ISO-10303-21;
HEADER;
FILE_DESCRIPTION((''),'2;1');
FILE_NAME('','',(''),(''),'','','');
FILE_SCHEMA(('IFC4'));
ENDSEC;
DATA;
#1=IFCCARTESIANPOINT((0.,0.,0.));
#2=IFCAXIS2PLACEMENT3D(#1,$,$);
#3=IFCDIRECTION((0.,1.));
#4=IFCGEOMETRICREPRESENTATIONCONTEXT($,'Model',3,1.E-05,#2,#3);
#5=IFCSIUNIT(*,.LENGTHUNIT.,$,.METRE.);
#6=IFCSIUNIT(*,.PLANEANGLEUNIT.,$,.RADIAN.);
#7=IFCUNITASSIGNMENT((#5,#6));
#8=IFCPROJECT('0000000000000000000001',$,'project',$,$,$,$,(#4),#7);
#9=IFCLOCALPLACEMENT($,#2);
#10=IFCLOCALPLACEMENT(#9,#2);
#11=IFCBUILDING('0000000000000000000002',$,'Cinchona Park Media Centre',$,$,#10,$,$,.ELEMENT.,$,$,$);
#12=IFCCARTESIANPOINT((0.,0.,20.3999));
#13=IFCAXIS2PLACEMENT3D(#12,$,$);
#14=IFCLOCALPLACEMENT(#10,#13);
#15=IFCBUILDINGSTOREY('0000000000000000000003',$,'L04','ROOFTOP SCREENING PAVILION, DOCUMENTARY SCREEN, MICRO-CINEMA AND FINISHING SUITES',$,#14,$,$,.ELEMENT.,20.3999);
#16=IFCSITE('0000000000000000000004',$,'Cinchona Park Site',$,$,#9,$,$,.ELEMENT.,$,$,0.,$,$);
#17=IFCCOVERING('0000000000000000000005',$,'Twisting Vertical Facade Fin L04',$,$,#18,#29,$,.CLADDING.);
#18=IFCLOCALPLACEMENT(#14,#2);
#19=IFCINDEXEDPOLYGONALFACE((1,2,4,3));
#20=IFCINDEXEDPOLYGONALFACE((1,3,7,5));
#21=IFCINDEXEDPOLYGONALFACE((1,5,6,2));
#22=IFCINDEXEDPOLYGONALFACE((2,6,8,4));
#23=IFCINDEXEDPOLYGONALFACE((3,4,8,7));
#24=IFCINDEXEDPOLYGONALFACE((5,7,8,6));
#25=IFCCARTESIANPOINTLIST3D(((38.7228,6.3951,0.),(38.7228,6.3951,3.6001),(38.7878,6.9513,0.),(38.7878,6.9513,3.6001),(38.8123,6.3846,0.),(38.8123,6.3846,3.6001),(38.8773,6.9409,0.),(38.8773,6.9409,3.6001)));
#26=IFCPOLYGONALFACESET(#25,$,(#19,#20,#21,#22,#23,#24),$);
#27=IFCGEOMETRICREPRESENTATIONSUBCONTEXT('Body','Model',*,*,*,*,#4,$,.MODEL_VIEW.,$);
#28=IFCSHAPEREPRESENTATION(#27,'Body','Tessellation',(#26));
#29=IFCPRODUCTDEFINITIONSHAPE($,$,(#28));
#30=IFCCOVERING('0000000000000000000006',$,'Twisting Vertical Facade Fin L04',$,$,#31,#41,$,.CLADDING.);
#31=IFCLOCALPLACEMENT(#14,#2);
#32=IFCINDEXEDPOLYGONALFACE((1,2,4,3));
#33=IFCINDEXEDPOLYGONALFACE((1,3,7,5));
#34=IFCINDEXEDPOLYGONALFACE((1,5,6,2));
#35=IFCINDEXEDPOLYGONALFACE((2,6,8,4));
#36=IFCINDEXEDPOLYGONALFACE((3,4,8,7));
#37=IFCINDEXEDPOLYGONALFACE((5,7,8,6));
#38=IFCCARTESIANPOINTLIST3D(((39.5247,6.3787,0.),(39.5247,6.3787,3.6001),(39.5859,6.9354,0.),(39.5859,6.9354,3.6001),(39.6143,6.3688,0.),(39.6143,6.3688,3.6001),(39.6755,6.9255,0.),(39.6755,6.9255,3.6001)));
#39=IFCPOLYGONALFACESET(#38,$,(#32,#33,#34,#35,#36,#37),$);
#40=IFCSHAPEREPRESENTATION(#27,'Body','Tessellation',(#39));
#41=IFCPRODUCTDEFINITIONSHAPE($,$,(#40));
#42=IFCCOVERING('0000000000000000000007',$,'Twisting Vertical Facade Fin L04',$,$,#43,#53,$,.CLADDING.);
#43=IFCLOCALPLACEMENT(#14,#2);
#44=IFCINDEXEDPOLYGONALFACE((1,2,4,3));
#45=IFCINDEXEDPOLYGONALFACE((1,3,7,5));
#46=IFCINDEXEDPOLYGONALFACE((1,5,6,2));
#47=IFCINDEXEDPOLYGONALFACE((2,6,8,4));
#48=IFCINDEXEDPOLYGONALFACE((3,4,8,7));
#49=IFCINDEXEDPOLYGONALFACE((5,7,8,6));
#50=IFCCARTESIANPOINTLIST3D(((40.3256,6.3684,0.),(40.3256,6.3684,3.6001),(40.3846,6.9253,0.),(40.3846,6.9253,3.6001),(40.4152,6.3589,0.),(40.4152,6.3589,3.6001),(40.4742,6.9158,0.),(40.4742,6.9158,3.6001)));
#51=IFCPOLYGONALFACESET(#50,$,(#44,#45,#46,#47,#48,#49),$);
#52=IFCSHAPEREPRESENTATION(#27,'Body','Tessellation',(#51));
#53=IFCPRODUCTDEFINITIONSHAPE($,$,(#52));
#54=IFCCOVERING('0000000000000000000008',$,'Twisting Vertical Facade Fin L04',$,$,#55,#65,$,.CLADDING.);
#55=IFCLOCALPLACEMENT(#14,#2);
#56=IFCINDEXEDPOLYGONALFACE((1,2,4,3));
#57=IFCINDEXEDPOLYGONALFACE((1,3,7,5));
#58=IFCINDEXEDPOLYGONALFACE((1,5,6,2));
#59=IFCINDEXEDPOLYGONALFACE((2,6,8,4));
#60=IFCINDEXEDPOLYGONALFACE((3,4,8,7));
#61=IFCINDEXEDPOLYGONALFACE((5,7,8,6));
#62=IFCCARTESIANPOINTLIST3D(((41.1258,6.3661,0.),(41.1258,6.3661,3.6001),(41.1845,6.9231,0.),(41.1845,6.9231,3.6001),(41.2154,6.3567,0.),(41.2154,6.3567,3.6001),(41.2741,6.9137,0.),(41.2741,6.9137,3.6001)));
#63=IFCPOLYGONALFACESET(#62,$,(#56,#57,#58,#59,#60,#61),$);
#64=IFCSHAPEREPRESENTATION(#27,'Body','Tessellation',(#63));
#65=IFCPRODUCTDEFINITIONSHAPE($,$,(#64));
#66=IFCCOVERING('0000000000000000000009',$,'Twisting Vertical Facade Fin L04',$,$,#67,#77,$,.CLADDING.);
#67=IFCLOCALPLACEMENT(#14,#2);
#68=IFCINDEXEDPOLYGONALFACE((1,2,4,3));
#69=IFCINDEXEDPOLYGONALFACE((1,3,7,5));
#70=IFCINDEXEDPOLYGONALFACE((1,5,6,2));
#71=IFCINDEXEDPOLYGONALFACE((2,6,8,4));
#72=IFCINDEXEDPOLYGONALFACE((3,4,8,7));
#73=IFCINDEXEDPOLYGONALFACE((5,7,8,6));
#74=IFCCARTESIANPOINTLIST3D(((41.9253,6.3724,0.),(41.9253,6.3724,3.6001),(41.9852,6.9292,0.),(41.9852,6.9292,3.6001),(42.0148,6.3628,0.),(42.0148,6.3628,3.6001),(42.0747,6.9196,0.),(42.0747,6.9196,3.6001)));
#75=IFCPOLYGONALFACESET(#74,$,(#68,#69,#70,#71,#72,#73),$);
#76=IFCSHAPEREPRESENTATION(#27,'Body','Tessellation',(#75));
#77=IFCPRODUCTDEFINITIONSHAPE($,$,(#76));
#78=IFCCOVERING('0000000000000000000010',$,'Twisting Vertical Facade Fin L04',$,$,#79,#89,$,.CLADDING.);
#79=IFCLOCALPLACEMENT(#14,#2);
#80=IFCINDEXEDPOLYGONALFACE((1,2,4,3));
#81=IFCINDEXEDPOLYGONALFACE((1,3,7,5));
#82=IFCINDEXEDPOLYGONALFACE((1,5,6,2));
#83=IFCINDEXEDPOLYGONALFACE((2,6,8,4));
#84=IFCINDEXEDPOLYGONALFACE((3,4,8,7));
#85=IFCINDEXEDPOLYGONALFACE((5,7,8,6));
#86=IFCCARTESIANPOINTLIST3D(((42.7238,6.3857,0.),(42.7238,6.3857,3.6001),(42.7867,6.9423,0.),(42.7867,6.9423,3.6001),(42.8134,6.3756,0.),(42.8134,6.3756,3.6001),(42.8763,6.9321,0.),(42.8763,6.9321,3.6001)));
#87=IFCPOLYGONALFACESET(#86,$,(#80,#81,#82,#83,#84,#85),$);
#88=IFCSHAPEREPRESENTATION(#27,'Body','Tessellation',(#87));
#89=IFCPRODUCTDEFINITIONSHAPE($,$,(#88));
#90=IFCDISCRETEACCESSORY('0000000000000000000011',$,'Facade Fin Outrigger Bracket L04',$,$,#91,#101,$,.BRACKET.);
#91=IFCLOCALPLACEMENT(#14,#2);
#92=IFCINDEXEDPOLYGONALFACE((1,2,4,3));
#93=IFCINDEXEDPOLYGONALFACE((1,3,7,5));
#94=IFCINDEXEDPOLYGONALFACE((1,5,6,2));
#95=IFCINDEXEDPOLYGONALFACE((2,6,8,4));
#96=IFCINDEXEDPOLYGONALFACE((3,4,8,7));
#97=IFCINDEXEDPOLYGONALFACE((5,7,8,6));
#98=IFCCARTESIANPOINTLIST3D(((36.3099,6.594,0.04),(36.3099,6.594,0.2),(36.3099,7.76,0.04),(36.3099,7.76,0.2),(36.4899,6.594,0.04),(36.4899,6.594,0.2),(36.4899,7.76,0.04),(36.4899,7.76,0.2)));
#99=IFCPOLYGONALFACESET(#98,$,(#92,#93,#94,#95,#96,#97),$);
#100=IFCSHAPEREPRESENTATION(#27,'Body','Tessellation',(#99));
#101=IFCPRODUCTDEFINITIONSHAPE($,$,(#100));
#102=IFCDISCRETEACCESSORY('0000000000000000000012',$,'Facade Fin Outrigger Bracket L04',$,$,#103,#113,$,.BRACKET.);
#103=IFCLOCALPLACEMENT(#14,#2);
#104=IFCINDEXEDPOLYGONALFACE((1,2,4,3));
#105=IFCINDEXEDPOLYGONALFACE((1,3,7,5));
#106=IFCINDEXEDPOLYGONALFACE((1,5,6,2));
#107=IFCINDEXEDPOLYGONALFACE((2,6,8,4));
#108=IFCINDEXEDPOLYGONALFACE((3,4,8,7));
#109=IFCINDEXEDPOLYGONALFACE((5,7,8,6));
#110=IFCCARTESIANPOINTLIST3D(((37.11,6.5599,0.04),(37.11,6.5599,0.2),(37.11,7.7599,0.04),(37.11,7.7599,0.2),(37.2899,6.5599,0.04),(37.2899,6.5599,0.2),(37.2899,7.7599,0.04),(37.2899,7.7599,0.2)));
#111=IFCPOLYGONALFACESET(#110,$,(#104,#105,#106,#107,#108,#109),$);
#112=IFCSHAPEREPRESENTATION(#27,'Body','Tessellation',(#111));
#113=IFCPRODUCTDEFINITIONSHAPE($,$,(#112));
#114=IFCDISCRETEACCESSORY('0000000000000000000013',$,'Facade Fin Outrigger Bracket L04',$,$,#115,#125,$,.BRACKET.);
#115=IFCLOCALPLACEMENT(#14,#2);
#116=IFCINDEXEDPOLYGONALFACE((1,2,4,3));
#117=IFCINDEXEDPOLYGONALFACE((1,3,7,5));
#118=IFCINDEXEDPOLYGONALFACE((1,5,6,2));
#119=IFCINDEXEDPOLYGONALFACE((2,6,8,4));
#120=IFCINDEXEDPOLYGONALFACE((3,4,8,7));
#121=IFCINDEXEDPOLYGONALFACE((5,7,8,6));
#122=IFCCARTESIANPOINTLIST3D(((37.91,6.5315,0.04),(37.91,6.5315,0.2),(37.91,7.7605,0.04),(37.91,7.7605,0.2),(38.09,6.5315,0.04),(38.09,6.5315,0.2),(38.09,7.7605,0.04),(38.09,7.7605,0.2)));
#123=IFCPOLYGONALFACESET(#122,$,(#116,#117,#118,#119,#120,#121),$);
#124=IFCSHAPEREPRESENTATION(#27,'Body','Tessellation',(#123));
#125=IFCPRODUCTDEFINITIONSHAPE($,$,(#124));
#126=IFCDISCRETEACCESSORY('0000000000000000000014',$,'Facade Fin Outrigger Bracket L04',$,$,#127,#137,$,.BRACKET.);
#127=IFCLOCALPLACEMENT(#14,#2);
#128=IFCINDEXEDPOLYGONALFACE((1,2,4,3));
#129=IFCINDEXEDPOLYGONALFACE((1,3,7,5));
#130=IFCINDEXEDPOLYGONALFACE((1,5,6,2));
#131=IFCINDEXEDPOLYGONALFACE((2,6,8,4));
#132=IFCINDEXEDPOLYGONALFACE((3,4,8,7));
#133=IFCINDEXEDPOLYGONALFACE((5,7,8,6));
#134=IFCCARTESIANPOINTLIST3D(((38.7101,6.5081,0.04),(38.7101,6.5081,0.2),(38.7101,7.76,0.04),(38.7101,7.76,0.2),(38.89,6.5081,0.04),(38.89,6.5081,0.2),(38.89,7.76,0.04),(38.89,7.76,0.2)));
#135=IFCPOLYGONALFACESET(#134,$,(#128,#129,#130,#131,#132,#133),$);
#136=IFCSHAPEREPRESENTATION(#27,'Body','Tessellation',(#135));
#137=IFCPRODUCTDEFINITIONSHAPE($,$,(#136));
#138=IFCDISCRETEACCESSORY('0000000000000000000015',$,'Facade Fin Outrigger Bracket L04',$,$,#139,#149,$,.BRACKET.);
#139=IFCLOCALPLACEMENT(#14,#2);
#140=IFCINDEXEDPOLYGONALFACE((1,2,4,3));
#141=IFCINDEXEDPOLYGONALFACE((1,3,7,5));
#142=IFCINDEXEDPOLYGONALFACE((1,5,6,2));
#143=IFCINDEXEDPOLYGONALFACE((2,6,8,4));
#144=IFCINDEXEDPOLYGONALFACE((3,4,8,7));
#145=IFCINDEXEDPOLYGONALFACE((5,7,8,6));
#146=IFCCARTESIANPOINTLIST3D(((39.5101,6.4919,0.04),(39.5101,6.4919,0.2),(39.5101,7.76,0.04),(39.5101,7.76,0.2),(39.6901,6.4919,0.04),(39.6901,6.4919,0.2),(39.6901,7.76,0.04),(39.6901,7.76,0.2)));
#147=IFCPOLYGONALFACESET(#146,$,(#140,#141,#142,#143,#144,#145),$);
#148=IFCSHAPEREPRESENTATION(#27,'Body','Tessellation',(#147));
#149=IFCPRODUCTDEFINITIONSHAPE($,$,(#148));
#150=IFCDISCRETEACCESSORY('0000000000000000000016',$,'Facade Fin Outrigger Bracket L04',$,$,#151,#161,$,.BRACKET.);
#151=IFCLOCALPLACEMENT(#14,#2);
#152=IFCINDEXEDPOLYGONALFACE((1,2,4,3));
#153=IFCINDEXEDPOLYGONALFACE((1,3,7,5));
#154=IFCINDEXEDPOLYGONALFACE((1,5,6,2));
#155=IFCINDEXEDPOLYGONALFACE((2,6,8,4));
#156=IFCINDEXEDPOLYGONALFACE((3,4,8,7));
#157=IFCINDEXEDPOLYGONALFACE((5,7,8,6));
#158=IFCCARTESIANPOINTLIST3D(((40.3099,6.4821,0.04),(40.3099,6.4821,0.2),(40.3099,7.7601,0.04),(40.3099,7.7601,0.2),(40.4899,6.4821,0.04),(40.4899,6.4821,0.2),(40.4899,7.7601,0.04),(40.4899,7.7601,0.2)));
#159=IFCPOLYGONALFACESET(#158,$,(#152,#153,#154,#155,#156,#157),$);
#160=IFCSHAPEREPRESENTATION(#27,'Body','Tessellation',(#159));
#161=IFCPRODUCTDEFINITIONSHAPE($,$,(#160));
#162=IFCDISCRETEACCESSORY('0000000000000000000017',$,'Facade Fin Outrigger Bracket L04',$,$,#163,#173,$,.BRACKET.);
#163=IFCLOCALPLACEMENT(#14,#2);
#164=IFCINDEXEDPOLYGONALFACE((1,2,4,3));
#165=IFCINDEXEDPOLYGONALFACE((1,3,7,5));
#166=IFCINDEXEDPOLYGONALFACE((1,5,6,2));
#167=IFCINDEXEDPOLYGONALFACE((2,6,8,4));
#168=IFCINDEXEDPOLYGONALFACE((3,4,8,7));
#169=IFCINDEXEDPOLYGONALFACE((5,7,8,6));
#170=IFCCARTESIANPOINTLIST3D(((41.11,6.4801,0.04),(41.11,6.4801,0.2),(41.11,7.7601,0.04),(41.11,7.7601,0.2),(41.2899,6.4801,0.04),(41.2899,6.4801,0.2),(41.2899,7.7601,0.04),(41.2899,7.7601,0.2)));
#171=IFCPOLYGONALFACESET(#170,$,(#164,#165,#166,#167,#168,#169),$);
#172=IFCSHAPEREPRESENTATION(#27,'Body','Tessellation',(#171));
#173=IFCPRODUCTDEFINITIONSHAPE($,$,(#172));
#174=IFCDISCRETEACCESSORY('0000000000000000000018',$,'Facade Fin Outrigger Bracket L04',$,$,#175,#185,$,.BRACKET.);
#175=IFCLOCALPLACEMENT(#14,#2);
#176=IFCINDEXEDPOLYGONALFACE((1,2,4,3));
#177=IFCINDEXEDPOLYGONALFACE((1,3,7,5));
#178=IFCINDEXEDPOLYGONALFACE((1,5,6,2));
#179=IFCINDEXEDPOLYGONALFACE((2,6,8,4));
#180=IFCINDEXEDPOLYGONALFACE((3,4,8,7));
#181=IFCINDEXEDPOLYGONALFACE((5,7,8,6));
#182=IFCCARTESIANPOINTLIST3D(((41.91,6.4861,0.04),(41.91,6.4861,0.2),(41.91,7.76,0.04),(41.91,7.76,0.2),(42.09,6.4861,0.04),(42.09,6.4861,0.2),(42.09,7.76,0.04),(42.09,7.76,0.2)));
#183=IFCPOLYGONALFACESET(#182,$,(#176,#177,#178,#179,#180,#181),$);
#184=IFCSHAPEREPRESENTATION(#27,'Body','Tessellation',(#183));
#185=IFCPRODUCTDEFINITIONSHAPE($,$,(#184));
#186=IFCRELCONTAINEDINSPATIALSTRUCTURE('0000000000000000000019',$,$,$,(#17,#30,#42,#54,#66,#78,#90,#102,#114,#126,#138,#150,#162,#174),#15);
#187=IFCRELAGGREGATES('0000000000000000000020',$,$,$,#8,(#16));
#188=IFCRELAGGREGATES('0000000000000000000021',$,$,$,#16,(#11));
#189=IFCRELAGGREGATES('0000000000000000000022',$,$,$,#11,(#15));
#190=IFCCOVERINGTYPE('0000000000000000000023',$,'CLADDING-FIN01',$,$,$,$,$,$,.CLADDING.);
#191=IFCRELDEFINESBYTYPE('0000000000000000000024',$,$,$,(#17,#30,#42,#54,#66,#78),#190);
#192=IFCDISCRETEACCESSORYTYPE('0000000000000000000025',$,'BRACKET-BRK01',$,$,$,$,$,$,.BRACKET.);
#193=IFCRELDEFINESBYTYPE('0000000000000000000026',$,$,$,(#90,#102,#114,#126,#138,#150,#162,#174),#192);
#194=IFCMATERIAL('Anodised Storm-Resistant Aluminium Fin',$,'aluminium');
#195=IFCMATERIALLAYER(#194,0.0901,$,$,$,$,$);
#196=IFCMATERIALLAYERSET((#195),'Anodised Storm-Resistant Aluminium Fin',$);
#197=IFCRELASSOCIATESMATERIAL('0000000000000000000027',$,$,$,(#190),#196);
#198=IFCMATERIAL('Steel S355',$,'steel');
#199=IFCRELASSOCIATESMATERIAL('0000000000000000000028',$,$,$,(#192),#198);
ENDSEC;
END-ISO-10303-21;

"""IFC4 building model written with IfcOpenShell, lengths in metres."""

from ifc_helpers import new_model, si_unit, direction, frame, origin, origin_2d, place, context, subcontext, project, spatial, rectangle, extrude, material, layer, layer_set, type_object, element, save


model = new_model("IFC4")

# Units and contexts
model_context = context("Model", 3, precision=1e-05, world=origin(), true_north=direction((0.0, 1.0)))
body_context = subcontext(model_context, "Body", "Model", "MODEL_VIEW")
ifc_project = project(units=[si_unit("LENGTHUNIT", "METRE"), si_unit("PLANEANGLEUNIT", "RADIAN")], contexts=[model_context])

# Site, building, storey
site_placement = place(None, origin())
site = spatial("IfcSite", under=ifc_project, at=site_placement, Name="Cinchona Park Site", CompositionType="ELEMENT", RefElevation=0.0)
building_placement = place(site_placement, origin())
building = spatial("IfcBuilding", under=site, at=building_placement, Name="Cinchona Park Media Centre", CompositionType="ELEMENT")
storey_placement = place(building_placement, frame((0.0, 0.0, 20.3999)))
storey = spatial("IfcBuildingStorey", under=building, at=storey_placement, Name="L04", Description="ROOFTOP SCREENING PAVILION, DOCUMENTARY SCREEN, MICRO-CINEMA AND FINISHING SUITES", CompositionType="ELEMENT", Elevation=20.3999)

# Coverings
ifc_material_1 = material(Name="Anodised Storm-Resistant Aluminium Fin", Category="aluminium")
ifc_layer_1 = layer(ifc_material_1, 0.0901)
ifc_layer_set_1 = layer_set([ifc_layer_1], Name="Anodised Storm-Resistant Aluminium Fin")
covering_type = type_object("IfcCoveringType", Name="CLADDING-FIN01", PredefinedType="CLADDING", material=ifc_layer_set_1)
for number, where, z_axis, x_axis, name in (
    (1, (38.8, 6.668, 0.0), (0.0, 0.0, 1.0), (0.116151, 0.993232, 0.0), "Twisting Vertical Facade Fin L04"),
    (2, (39.6001, 6.6521, 0.0), (0.0, 0.0, 1.0), (0.109214, 0.994018, 0.0), "Twisting Vertical Facade Fin L04"),
    (3, (40.3999, 6.6421, 0.0), (0.0, 0.0, 1.0), (0.105396, 0.99443, 0.0), "Twisting Vertical Facade Fin L04"),
    (4, (41.2, 6.6399, 0.0), (0.0, 0.0, 1.0), (0.104702, 0.994504, 0.0), "Twisting Vertical Facade Fin L04"),
    (5, (42.0, 6.646, 0.0), (0.0, 0.0, 1.0), (0.106958, 0.994264, 0.0), "Twisting Vertical Facade Fin L04"),
    (6, (42.8, 6.6589, 0.0), (0.0, 0.0, 1.0), (0.112336, 0.99367, 0.0), "Twisting Vertical Facade Fin L04"),
):
    element("IfcCovering", number, at=place(storey_placement, frame(where, z_axis=z_axis, x_axis=x_axis)), inside=storey, type_object=covering_type, Name=name, PredefinedType="CLADDING", context=body_context, shape_type="SweptSolid", body=[
        extrude(rectangle(XDim=0.5601, YDim=0.0901, at=origin_2d()), origin(), (0.0, 0.0, 1.0), 3.6001),
    ])

# Discrete accessories
ifc_material_2 = material(Name="Steel S355", Category="steel")
discrete_accessory_type = type_object("IfcDiscreteAccessoryType", Name="BRACKET-BRK01", PredefinedType="BRACKET", material=ifc_material_2)
discrete_accessory_1_placement = place(storey_placement, frame((36.3999, 7.177, 0.04), z_axis=(0.0, 0.0, 1.0), x_axis=(1.0, 0.0, 0.0)))
element("IfcDiscreteAccessory", 7, at=discrete_accessory_1_placement, inside=storey, type_object=discrete_accessory_type, Name="Facade Fin Outrigger Bracket L04", PredefinedType="BRACKET", context=body_context, shape_type="SweptSolid", body=[
    extrude(rectangle(XDim=0.1799, YDim=1.166, at=origin_2d()), origin(), (0.0, 0.0, 1.0), 0.1599),
])
discrete_accessory_2_placement = place(storey_placement, frame((37.2, 7.1599, 0.04), z_axis=(0.0, 0.0, 1.0), x_axis=(1.0, 0.0, 0.0)))
element("IfcDiscreteAccessory", 8, at=discrete_accessory_2_placement, inside=storey, type_object=discrete_accessory_type, Name="Facade Fin Outrigger Bracket L04", PredefinedType="BRACKET", context=body_context, shape_type="SweptSolid", body=[
    extrude(rectangle(XDim=0.1799, YDim=1.2, at=origin_2d()), origin(), (0.0, 0.0, 1.0), 0.1599),
])
discrete_accessory_3_placement = place(storey_placement, frame((38.0, 7.146, 0.04), z_axis=(0.0, 0.0, 1.0), x_axis=(1.0, 0.0, 0.0)))
element("IfcDiscreteAccessory", 9, at=discrete_accessory_3_placement, inside=storey, type_object=discrete_accessory_type, Name="Facade Fin Outrigger Bracket L04", PredefinedType="BRACKET", context=body_context, shape_type="SweptSolid", body=[
    extrude(rectangle(XDim=0.1799, YDim=1.229, at=origin_2d()), origin(), (0.0, 0.0, 1.0), 0.1599),
])
discrete_accessory_4_placement = place(storey_placement, frame((38.8, 7.134, 0.04), z_axis=(0.0, 0.0, 1.0), x_axis=(1.0, 0.0, 0.0)))
element("IfcDiscreteAccessory", 10, at=discrete_accessory_4_placement, inside=storey, type_object=discrete_accessory_type, Name="Facade Fin Outrigger Bracket L04", PredefinedType="BRACKET", context=body_context, shape_type="SweptSolid", body=[
    extrude(rectangle(XDim=0.1799, YDim=1.252, at=origin_2d()), origin(), (0.0, 0.0, 1.0), 0.1599),
])
discrete_accessory_5_placement = place(storey_placement, frame((39.6001, 7.126, 0.04), z_axis=(0.0, 0.0, 1.0), x_axis=(1.0, 0.0, 0.0)))
element("IfcDiscreteAccessory", 11, at=discrete_accessory_5_placement, inside=storey, type_object=discrete_accessory_type, Name="Facade Fin Outrigger Bracket L04", PredefinedType="BRACKET", context=body_context, shape_type="SweptSolid", body=[
    extrude(rectangle(XDim=0.1799, YDim=1.2681, at=origin_2d()), origin(), (0.0, 0.0, 1.0), 0.1599),
])
discrete_accessory_6_placement = place(storey_placement, frame((40.3999, 7.1211, 0.04), z_axis=(0.0, 0.0, 1.0), x_axis=(1.0, 0.0, 0.0)))
element("IfcDiscreteAccessory", 12, at=discrete_accessory_6_placement, inside=storey, type_object=discrete_accessory_type, Name="Facade Fin Outrigger Bracket L04", PredefinedType="BRACKET", context=body_context, shape_type="SweptSolid", body=[
    extrude(rectangle(XDim=0.1799, YDim=1.2781, at=origin_2d()), origin(), (0.0, 0.0, 1.0), 0.1599),
])
discrete_accessory_7_placement = place(storey_placement, frame((41.2, 7.1201, 0.04), z_axis=(0.0, 0.0, 1.0), x_axis=(1.0, 0.0, 0.0)))
element("IfcDiscreteAccessory", 13, at=discrete_accessory_7_placement, inside=storey, type_object=discrete_accessory_type, Name="Facade Fin Outrigger Bracket L04", PredefinedType="BRACKET", context=body_context, shape_type="SweptSolid", body=[
    extrude(rectangle(XDim=0.1799, YDim=1.28, at=origin_2d()), origin(), (0.0, 0.0, 1.0), 0.1599),
])
discrete_accessory_8_placement = place(storey_placement, frame((42.0, 7.123, 0.04), z_axis=(0.0, 0.0, 1.0), x_axis=(1.0, 0.0, 0.0)))
element("IfcDiscreteAccessory", 14, at=discrete_accessory_8_placement, inside=storey, type_object=discrete_accessory_type, Name="Facade Fin Outrigger Bracket L04", PredefinedType="BRACKET", context=body_context, shape_type="SweptSolid", body=[
    extrude(rectangle(XDim=0.1799, YDim=1.2739, at=origin_2d()), origin(), (0.0, 0.0, 1.0), 0.1599),
])

save(model, "model.ifc")
